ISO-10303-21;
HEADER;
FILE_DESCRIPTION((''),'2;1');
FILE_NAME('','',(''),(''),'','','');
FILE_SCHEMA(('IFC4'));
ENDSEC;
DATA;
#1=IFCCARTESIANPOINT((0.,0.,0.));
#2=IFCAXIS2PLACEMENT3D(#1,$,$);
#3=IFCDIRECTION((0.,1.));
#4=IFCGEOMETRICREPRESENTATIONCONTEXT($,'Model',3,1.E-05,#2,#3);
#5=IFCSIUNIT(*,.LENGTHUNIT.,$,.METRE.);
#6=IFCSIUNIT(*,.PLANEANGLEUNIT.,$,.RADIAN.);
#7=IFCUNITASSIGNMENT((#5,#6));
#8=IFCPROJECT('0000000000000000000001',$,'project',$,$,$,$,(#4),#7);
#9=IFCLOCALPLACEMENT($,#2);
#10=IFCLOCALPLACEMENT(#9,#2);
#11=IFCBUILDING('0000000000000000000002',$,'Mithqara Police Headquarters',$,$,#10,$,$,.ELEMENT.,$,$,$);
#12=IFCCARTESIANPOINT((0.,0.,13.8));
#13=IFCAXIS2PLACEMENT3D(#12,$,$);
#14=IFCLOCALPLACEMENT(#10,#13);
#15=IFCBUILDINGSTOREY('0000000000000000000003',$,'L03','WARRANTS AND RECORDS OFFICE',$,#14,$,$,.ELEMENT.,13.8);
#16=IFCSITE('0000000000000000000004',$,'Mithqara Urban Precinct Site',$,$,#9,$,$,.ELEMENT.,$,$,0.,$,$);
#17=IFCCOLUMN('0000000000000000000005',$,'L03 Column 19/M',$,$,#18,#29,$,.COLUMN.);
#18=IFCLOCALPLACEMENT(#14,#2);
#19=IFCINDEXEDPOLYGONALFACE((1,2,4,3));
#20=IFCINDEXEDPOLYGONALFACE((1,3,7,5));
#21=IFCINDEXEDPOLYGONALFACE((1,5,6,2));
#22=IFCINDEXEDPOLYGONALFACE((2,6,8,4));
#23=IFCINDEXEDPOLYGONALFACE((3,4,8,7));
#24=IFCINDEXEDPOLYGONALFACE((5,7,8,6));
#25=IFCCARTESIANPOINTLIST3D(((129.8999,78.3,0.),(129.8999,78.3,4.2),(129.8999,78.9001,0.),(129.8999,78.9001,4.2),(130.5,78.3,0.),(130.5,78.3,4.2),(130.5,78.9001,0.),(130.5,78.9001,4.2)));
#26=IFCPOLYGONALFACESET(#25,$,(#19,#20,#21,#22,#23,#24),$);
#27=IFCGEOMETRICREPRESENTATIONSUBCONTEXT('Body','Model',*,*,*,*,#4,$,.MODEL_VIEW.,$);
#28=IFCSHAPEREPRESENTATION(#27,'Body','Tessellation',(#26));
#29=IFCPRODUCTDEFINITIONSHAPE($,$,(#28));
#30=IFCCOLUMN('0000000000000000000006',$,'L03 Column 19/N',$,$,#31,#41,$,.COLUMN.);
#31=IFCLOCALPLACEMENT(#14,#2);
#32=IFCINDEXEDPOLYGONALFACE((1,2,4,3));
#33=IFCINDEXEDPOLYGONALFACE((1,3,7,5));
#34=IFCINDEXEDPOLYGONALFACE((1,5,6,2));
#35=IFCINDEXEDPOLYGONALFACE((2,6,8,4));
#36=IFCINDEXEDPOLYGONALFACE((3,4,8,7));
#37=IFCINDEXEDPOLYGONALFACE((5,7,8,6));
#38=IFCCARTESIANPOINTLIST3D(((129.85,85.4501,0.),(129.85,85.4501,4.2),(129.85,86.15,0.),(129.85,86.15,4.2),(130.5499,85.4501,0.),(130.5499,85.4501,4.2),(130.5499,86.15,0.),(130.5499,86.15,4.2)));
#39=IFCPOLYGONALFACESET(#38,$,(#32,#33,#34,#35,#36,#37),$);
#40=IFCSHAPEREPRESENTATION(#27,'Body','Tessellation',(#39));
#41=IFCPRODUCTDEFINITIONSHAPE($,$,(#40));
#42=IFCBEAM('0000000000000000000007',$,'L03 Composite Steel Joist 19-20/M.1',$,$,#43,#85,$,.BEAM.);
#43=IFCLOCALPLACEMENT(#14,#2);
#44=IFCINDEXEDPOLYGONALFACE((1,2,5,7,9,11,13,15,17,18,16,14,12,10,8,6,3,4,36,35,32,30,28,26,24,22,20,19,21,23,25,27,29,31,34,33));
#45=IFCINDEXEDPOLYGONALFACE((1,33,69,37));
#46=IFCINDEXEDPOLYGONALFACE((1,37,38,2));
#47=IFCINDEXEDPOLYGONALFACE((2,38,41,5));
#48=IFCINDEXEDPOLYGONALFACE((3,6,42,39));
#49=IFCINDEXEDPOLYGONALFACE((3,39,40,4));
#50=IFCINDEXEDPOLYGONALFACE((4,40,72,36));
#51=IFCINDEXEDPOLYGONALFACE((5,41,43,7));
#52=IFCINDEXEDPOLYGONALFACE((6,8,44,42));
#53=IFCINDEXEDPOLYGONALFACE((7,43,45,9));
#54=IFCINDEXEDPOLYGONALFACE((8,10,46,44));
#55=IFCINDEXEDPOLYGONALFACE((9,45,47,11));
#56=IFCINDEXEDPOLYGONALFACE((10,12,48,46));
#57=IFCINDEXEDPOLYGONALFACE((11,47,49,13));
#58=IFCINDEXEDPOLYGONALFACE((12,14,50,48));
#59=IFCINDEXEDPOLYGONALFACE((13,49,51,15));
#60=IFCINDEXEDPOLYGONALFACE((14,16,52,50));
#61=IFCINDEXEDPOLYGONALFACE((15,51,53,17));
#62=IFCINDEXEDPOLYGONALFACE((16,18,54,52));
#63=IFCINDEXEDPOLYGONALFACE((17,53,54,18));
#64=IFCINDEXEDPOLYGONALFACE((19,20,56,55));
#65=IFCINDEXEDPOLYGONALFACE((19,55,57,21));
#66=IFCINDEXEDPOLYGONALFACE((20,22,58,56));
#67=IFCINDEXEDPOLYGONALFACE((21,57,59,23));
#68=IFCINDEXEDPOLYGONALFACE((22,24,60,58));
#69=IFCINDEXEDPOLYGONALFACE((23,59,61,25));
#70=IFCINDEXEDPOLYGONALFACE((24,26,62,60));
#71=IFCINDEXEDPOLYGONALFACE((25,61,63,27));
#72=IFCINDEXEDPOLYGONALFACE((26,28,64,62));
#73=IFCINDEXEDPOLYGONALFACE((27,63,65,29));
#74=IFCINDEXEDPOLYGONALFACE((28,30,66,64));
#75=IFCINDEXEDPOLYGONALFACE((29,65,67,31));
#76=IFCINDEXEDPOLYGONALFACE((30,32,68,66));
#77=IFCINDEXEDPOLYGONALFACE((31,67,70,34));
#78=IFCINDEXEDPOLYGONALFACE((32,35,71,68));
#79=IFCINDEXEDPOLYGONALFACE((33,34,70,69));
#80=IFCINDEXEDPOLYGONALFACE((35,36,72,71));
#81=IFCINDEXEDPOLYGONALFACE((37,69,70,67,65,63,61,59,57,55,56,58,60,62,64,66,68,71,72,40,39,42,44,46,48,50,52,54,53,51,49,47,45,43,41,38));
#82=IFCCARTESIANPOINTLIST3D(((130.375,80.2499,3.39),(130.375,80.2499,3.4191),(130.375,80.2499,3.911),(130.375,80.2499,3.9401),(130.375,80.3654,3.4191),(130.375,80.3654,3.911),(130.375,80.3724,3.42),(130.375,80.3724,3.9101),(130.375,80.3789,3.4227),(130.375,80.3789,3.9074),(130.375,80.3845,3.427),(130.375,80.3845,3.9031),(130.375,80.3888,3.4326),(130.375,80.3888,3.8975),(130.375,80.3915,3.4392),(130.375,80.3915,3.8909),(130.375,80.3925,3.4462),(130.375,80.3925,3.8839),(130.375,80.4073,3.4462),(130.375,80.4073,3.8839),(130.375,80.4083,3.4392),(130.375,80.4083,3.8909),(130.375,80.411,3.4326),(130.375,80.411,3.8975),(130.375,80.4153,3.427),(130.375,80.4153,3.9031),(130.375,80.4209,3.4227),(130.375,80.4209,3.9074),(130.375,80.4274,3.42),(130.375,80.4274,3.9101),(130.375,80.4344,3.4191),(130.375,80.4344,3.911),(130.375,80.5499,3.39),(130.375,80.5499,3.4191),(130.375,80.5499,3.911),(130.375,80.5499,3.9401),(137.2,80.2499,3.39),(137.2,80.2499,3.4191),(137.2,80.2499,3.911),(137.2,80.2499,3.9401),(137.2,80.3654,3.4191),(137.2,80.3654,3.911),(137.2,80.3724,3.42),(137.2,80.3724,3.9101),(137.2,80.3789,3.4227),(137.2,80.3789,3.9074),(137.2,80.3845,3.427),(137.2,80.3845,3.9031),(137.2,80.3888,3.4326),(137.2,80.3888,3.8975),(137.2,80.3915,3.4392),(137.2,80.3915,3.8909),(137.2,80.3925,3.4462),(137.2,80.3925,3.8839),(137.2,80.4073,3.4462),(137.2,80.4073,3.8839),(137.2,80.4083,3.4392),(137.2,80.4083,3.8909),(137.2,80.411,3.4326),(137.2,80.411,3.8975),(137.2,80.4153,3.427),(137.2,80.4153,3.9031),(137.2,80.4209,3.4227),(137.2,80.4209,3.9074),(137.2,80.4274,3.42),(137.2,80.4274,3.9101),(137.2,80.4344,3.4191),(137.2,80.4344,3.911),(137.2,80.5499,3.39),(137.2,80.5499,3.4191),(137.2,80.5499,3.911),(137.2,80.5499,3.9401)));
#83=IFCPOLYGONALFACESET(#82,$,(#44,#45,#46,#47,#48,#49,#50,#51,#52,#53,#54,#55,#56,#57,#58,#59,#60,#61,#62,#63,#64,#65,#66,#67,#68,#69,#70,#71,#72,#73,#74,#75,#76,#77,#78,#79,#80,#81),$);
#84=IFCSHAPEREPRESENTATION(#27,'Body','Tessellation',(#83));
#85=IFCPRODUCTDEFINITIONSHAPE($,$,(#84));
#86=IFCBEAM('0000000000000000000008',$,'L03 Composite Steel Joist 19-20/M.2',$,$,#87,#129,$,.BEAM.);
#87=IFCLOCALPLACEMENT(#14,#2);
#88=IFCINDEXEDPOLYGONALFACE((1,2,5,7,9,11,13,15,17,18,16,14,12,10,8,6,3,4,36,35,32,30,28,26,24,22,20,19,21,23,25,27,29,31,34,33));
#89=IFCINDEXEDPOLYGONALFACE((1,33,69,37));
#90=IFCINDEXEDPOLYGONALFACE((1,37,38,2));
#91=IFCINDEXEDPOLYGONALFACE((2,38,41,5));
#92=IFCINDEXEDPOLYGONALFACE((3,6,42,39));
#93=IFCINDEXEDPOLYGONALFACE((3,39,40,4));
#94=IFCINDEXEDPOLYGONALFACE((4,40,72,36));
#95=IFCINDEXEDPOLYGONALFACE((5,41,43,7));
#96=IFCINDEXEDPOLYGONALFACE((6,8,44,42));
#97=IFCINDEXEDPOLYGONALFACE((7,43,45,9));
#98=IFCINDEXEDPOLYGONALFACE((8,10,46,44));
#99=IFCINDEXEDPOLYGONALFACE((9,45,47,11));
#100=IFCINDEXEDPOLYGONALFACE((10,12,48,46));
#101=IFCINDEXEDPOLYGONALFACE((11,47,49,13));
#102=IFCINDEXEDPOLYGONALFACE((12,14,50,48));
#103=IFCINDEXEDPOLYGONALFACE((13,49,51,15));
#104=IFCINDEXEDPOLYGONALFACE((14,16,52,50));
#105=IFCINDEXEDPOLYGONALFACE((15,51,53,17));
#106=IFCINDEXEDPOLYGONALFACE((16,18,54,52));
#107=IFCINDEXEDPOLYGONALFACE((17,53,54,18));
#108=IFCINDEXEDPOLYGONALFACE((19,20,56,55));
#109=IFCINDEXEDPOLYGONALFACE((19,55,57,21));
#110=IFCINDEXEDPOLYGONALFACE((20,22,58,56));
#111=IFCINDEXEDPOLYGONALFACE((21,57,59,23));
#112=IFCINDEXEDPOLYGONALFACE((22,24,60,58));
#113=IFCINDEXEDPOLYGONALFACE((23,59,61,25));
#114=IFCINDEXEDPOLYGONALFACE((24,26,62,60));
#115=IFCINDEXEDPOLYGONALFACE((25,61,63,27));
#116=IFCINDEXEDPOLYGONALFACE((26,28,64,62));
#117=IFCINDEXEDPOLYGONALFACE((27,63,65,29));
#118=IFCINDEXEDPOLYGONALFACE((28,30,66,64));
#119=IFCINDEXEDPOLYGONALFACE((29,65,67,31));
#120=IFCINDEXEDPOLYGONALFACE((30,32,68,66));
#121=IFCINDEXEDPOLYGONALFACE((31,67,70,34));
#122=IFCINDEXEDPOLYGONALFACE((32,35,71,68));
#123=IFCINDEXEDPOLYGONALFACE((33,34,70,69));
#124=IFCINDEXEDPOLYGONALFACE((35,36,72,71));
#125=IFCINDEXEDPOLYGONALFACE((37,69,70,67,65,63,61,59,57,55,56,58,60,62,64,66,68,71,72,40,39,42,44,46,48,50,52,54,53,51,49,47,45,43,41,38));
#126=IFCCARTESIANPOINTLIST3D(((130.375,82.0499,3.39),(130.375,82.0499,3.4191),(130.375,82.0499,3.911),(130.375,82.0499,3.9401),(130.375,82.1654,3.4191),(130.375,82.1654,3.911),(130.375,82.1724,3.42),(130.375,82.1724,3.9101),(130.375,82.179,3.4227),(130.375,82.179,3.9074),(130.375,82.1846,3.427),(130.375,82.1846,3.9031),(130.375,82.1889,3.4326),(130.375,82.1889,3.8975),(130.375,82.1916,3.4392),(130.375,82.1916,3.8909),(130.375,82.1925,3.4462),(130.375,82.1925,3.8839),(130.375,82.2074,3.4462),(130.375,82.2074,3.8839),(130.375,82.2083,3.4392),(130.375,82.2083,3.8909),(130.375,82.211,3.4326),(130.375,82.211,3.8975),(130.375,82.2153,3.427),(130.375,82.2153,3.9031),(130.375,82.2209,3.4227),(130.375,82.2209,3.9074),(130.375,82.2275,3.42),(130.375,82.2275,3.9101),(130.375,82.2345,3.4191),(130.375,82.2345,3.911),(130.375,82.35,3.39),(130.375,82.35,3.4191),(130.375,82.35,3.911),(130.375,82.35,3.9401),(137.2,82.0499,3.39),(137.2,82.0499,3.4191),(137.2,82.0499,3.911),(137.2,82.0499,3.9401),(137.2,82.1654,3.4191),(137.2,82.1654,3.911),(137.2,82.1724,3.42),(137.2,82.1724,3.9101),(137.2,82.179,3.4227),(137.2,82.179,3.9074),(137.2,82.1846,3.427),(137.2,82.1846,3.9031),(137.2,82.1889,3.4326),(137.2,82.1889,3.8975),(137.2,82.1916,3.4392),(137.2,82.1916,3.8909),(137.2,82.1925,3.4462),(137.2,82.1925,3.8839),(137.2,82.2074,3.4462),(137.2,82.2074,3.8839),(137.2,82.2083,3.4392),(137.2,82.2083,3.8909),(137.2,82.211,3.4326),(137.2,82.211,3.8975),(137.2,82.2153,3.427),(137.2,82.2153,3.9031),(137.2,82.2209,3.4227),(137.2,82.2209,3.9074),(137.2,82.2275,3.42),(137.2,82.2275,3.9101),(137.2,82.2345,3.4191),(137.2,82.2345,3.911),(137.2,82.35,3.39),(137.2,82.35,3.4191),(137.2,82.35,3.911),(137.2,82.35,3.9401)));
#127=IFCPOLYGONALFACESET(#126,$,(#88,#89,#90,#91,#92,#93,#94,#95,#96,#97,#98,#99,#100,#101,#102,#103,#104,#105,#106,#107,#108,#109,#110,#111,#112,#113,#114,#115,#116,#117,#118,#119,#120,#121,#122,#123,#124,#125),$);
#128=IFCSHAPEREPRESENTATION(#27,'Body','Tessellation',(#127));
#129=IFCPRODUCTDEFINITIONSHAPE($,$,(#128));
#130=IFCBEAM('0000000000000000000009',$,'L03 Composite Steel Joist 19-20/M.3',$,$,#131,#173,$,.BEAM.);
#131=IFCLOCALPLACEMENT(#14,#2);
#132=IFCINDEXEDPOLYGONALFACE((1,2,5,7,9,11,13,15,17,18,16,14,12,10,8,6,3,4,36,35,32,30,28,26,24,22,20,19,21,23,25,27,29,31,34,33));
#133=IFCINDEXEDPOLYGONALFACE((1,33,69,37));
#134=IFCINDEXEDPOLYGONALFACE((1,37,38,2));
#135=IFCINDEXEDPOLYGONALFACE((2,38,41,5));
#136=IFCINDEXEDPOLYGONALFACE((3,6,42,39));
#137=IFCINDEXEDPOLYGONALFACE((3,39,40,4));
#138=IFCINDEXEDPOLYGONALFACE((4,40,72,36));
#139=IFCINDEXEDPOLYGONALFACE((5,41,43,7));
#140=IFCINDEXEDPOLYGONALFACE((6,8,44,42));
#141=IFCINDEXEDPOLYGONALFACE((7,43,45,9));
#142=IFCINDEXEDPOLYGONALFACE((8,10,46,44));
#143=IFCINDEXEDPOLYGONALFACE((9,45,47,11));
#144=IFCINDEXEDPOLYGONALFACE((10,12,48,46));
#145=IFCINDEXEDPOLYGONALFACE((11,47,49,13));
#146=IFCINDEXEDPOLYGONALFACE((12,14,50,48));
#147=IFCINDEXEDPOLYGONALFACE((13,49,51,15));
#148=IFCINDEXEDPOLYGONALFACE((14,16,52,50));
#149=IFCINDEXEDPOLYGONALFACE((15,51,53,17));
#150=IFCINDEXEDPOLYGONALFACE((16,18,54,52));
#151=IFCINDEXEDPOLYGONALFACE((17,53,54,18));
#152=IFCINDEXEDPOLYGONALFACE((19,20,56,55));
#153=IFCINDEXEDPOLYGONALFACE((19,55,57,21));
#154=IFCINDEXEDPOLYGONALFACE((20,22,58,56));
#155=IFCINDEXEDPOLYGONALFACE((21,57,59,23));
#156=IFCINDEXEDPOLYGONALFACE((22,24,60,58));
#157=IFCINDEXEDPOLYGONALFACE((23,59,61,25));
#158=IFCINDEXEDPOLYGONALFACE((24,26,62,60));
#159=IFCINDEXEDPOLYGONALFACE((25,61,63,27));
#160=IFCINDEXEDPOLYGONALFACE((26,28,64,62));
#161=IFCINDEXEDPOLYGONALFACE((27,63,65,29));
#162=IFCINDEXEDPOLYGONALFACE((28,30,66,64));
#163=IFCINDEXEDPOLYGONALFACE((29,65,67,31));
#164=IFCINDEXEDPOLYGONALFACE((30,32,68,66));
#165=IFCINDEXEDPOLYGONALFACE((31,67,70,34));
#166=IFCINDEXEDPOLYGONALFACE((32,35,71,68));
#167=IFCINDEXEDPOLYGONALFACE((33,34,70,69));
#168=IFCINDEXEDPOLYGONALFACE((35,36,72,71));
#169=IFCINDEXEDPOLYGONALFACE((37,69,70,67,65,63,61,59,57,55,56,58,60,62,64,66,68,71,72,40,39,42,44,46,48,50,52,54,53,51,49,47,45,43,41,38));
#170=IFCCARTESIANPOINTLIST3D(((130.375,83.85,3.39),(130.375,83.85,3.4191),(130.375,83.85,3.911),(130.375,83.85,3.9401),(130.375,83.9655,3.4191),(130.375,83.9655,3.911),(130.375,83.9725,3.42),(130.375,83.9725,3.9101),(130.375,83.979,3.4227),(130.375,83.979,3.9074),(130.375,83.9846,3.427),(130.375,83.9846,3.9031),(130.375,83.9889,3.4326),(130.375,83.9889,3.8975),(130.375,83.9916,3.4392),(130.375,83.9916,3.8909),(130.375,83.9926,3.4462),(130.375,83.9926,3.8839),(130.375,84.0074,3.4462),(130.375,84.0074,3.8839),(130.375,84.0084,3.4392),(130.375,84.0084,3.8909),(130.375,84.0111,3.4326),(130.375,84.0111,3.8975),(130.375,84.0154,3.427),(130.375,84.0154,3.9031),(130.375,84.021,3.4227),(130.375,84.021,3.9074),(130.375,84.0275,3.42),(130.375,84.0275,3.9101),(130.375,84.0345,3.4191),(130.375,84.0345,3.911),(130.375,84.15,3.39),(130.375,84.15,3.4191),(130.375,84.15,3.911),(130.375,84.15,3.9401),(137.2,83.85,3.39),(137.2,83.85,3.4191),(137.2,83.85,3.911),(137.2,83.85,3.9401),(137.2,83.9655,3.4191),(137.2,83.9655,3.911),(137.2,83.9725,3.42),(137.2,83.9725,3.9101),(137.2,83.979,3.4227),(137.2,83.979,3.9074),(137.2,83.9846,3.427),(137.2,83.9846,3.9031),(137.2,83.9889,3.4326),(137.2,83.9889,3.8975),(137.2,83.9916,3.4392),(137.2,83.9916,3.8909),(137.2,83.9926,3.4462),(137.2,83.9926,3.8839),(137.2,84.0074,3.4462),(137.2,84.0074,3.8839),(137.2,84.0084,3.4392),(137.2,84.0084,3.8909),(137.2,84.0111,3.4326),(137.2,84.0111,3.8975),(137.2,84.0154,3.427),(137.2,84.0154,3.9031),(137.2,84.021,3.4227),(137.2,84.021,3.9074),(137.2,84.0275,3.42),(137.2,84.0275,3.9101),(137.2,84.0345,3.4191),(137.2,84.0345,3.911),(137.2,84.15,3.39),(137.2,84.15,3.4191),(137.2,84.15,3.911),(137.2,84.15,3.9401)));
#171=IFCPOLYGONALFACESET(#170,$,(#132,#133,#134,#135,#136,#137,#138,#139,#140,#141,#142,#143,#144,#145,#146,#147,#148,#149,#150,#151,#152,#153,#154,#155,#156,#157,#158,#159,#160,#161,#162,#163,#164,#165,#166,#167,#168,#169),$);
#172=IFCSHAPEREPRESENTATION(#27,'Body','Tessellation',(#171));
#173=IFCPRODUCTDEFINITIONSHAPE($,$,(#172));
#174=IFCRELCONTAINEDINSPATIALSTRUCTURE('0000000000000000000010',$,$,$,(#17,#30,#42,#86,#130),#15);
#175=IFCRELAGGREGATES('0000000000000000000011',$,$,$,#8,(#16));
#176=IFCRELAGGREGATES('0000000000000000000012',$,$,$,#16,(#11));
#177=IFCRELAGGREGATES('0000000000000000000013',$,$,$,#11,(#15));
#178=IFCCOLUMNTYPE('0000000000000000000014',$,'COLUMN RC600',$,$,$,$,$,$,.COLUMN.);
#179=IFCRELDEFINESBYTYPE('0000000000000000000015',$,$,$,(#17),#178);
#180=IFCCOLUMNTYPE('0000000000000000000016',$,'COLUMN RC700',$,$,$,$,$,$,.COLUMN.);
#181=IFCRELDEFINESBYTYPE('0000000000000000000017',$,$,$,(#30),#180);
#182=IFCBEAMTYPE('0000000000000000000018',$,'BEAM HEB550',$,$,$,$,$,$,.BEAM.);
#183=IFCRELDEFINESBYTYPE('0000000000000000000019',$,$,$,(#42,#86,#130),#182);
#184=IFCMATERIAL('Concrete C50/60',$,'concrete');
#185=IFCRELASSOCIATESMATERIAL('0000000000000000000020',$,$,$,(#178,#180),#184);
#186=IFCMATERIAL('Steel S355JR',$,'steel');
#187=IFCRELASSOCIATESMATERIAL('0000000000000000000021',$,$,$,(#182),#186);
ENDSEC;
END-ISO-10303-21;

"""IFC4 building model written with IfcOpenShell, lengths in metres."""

from ifc_helpers import new_model, si_unit, direction, frame, origin, origin_2d, place, context, subcontext, project, spatial, rectangle, i_section, extrude, material, material_profile, profile_set, type_object, element, save


model = new_model("IFC4")

# Units and contexts
model_context = context("Model", 3, precision=1e-05, world=origin(), true_north=direction((0.0, 1.0)))
body_context = subcontext(model_context, "Body", "Model", "MODEL_VIEW")
ifc_project = project(units=[si_unit("LENGTHUNIT", "METRE"), si_unit("PLANEANGLEUNIT", "RADIAN")], contexts=[model_context])

# Site, building, storey
site_placement = place(None, origin())
site = spatial("IfcSite", under=ifc_project, at=site_placement, Name="Mithqara Urban Precinct Site", CompositionType="ELEMENT", RefElevation=0.0)
building_placement = place(site_placement, origin())
building = spatial("IfcBuilding", under=site, at=building_placement, Name="Mithqara Police Headquarters", CompositionType="ELEMENT")
storey_placement = place(building_placement, frame((0.0, 0.0, 13.8)))
storey = spatial("IfcBuildingStorey", under=building, at=storey_placement, Name="L03", Description="WARRANTS AND RECORDS OFFICE", CompositionType="ELEMENT", Elevation=13.8)

# Columns
ifc_material_1 = material(Name="Concrete C50/60", Category="concrete")
ifc_material_profile_1 = material_profile(ifc_material_1, rectangle(XDim=0.6001, YDim=0.6001, at=origin_2d()), Name="RC 600x600")
ifc_profile_set_1 = profile_set([ifc_material_profile_1], Name="Concrete C50/60")
column_type_1 = type_object("IfcColumnType", Name="COLUMN RC600", PredefinedType="COLUMN", material=ifc_profile_set_1)
column_1_placement = place(storey_placement, frame((130.2, 78.6001, 0.0), z_axis=(0.0, 0.0, 1.0), x_axis=(1.0, 0.0, 0.0)))
element("IfcColumn", 1, at=column_1_placement, inside=storey, type_object=column_type_1, Name="L03 Column 19/M", PredefinedType="COLUMN", context=body_context, shape_type="SweptSolid", body=[
    extrude(rectangle(XDim=0.6001, YDim=0.6001, at=origin_2d()), origin(), (0.0, 0.0, 1.0), 4.2),
])
ifc_material_profile_2 = material_profile(ifc_material_1, rectangle(XDim=0.7, YDim=0.7, at=origin_2d()), Name="RC 700x700")
ifc_profile_set_2 = profile_set([ifc_material_profile_2], Name="Concrete C50/60")
column_type_2 = type_object("IfcColumnType", Name="COLUMN RC700", PredefinedType="COLUMN", material=ifc_profile_set_2)
column_2_placement = place(storey_placement, frame((130.2, 85.8, 0.0), z_axis=(0.0, 0.0, 1.0), x_axis=(1.0, 0.0, 0.0)))
element("IfcColumn", 2, at=column_2_placement, inside=storey, type_object=column_type_2, Name="L03 Column 19/N", PredefinedType="COLUMN", context=body_context, shape_type="SweptSolid", body=[
    extrude(rectangle(XDim=0.7, YDim=0.7, at=origin_2d()), origin(), (0.0, 0.0, 1.0), 4.2),
])

# Beams
ifc_material_2 = material(Name="Steel S355JR", Category="steel")
ifc_material_profile_3 = material_profile(ifc_material_2, i_section(OverallWidth=0.3, OverallDepth=0.55, WebThickness=0.0149, FlangeThickness=0.0291, FilletRadius=0.0271, at=origin_2d()), Name="HEB 550")
ifc_profile_set_3 = profile_set([ifc_material_profile_3], Name="Steel S355JR")
beam_type_1 = type_object("IfcBeamType", Name="BEAM HEB550", PredefinedType="BEAM", material=ifc_profile_set_3)
for number, where, z_axis, x_axis, name in (
    (3, (130.375, 80.3999, 3.665), (1.0, 0.0, 0.0), (0.0, 1.0, 0.0), "L03 Composite Steel Joist 19-20/M.1"),
    (4, (130.375, 82.2, 3.665), (1.0, 0.0, 0.0), (0.0, 1.0, 0.0), "L03 Composite Steel Joist 19-20/M.2"),
    (5, (130.375, 84.0, 3.665), (1.0, 0.0, 0.0), (0.0, 1.0, 0.0), "L03 Composite Steel Joist 19-20/M.3"),
):
    element("IfcBeam", number, at=place(storey_placement, frame(where, z_axis=z_axis, x_axis=x_axis)), inside=storey, type_object=beam_type_1, Name=name, PredefinedType="BEAM", context=body_context, shape_type="SweptSolid", body=[
        extrude(i_section(OverallWidth=0.3, OverallDepth=0.55, WebThickness=0.0149, FlangeThickness=0.0291, FilletRadius=0.0271, at=origin_2d()), origin(), (0.0, 0.0, 1.0), 6.825),
    ])

save(model, "model.ifc")
